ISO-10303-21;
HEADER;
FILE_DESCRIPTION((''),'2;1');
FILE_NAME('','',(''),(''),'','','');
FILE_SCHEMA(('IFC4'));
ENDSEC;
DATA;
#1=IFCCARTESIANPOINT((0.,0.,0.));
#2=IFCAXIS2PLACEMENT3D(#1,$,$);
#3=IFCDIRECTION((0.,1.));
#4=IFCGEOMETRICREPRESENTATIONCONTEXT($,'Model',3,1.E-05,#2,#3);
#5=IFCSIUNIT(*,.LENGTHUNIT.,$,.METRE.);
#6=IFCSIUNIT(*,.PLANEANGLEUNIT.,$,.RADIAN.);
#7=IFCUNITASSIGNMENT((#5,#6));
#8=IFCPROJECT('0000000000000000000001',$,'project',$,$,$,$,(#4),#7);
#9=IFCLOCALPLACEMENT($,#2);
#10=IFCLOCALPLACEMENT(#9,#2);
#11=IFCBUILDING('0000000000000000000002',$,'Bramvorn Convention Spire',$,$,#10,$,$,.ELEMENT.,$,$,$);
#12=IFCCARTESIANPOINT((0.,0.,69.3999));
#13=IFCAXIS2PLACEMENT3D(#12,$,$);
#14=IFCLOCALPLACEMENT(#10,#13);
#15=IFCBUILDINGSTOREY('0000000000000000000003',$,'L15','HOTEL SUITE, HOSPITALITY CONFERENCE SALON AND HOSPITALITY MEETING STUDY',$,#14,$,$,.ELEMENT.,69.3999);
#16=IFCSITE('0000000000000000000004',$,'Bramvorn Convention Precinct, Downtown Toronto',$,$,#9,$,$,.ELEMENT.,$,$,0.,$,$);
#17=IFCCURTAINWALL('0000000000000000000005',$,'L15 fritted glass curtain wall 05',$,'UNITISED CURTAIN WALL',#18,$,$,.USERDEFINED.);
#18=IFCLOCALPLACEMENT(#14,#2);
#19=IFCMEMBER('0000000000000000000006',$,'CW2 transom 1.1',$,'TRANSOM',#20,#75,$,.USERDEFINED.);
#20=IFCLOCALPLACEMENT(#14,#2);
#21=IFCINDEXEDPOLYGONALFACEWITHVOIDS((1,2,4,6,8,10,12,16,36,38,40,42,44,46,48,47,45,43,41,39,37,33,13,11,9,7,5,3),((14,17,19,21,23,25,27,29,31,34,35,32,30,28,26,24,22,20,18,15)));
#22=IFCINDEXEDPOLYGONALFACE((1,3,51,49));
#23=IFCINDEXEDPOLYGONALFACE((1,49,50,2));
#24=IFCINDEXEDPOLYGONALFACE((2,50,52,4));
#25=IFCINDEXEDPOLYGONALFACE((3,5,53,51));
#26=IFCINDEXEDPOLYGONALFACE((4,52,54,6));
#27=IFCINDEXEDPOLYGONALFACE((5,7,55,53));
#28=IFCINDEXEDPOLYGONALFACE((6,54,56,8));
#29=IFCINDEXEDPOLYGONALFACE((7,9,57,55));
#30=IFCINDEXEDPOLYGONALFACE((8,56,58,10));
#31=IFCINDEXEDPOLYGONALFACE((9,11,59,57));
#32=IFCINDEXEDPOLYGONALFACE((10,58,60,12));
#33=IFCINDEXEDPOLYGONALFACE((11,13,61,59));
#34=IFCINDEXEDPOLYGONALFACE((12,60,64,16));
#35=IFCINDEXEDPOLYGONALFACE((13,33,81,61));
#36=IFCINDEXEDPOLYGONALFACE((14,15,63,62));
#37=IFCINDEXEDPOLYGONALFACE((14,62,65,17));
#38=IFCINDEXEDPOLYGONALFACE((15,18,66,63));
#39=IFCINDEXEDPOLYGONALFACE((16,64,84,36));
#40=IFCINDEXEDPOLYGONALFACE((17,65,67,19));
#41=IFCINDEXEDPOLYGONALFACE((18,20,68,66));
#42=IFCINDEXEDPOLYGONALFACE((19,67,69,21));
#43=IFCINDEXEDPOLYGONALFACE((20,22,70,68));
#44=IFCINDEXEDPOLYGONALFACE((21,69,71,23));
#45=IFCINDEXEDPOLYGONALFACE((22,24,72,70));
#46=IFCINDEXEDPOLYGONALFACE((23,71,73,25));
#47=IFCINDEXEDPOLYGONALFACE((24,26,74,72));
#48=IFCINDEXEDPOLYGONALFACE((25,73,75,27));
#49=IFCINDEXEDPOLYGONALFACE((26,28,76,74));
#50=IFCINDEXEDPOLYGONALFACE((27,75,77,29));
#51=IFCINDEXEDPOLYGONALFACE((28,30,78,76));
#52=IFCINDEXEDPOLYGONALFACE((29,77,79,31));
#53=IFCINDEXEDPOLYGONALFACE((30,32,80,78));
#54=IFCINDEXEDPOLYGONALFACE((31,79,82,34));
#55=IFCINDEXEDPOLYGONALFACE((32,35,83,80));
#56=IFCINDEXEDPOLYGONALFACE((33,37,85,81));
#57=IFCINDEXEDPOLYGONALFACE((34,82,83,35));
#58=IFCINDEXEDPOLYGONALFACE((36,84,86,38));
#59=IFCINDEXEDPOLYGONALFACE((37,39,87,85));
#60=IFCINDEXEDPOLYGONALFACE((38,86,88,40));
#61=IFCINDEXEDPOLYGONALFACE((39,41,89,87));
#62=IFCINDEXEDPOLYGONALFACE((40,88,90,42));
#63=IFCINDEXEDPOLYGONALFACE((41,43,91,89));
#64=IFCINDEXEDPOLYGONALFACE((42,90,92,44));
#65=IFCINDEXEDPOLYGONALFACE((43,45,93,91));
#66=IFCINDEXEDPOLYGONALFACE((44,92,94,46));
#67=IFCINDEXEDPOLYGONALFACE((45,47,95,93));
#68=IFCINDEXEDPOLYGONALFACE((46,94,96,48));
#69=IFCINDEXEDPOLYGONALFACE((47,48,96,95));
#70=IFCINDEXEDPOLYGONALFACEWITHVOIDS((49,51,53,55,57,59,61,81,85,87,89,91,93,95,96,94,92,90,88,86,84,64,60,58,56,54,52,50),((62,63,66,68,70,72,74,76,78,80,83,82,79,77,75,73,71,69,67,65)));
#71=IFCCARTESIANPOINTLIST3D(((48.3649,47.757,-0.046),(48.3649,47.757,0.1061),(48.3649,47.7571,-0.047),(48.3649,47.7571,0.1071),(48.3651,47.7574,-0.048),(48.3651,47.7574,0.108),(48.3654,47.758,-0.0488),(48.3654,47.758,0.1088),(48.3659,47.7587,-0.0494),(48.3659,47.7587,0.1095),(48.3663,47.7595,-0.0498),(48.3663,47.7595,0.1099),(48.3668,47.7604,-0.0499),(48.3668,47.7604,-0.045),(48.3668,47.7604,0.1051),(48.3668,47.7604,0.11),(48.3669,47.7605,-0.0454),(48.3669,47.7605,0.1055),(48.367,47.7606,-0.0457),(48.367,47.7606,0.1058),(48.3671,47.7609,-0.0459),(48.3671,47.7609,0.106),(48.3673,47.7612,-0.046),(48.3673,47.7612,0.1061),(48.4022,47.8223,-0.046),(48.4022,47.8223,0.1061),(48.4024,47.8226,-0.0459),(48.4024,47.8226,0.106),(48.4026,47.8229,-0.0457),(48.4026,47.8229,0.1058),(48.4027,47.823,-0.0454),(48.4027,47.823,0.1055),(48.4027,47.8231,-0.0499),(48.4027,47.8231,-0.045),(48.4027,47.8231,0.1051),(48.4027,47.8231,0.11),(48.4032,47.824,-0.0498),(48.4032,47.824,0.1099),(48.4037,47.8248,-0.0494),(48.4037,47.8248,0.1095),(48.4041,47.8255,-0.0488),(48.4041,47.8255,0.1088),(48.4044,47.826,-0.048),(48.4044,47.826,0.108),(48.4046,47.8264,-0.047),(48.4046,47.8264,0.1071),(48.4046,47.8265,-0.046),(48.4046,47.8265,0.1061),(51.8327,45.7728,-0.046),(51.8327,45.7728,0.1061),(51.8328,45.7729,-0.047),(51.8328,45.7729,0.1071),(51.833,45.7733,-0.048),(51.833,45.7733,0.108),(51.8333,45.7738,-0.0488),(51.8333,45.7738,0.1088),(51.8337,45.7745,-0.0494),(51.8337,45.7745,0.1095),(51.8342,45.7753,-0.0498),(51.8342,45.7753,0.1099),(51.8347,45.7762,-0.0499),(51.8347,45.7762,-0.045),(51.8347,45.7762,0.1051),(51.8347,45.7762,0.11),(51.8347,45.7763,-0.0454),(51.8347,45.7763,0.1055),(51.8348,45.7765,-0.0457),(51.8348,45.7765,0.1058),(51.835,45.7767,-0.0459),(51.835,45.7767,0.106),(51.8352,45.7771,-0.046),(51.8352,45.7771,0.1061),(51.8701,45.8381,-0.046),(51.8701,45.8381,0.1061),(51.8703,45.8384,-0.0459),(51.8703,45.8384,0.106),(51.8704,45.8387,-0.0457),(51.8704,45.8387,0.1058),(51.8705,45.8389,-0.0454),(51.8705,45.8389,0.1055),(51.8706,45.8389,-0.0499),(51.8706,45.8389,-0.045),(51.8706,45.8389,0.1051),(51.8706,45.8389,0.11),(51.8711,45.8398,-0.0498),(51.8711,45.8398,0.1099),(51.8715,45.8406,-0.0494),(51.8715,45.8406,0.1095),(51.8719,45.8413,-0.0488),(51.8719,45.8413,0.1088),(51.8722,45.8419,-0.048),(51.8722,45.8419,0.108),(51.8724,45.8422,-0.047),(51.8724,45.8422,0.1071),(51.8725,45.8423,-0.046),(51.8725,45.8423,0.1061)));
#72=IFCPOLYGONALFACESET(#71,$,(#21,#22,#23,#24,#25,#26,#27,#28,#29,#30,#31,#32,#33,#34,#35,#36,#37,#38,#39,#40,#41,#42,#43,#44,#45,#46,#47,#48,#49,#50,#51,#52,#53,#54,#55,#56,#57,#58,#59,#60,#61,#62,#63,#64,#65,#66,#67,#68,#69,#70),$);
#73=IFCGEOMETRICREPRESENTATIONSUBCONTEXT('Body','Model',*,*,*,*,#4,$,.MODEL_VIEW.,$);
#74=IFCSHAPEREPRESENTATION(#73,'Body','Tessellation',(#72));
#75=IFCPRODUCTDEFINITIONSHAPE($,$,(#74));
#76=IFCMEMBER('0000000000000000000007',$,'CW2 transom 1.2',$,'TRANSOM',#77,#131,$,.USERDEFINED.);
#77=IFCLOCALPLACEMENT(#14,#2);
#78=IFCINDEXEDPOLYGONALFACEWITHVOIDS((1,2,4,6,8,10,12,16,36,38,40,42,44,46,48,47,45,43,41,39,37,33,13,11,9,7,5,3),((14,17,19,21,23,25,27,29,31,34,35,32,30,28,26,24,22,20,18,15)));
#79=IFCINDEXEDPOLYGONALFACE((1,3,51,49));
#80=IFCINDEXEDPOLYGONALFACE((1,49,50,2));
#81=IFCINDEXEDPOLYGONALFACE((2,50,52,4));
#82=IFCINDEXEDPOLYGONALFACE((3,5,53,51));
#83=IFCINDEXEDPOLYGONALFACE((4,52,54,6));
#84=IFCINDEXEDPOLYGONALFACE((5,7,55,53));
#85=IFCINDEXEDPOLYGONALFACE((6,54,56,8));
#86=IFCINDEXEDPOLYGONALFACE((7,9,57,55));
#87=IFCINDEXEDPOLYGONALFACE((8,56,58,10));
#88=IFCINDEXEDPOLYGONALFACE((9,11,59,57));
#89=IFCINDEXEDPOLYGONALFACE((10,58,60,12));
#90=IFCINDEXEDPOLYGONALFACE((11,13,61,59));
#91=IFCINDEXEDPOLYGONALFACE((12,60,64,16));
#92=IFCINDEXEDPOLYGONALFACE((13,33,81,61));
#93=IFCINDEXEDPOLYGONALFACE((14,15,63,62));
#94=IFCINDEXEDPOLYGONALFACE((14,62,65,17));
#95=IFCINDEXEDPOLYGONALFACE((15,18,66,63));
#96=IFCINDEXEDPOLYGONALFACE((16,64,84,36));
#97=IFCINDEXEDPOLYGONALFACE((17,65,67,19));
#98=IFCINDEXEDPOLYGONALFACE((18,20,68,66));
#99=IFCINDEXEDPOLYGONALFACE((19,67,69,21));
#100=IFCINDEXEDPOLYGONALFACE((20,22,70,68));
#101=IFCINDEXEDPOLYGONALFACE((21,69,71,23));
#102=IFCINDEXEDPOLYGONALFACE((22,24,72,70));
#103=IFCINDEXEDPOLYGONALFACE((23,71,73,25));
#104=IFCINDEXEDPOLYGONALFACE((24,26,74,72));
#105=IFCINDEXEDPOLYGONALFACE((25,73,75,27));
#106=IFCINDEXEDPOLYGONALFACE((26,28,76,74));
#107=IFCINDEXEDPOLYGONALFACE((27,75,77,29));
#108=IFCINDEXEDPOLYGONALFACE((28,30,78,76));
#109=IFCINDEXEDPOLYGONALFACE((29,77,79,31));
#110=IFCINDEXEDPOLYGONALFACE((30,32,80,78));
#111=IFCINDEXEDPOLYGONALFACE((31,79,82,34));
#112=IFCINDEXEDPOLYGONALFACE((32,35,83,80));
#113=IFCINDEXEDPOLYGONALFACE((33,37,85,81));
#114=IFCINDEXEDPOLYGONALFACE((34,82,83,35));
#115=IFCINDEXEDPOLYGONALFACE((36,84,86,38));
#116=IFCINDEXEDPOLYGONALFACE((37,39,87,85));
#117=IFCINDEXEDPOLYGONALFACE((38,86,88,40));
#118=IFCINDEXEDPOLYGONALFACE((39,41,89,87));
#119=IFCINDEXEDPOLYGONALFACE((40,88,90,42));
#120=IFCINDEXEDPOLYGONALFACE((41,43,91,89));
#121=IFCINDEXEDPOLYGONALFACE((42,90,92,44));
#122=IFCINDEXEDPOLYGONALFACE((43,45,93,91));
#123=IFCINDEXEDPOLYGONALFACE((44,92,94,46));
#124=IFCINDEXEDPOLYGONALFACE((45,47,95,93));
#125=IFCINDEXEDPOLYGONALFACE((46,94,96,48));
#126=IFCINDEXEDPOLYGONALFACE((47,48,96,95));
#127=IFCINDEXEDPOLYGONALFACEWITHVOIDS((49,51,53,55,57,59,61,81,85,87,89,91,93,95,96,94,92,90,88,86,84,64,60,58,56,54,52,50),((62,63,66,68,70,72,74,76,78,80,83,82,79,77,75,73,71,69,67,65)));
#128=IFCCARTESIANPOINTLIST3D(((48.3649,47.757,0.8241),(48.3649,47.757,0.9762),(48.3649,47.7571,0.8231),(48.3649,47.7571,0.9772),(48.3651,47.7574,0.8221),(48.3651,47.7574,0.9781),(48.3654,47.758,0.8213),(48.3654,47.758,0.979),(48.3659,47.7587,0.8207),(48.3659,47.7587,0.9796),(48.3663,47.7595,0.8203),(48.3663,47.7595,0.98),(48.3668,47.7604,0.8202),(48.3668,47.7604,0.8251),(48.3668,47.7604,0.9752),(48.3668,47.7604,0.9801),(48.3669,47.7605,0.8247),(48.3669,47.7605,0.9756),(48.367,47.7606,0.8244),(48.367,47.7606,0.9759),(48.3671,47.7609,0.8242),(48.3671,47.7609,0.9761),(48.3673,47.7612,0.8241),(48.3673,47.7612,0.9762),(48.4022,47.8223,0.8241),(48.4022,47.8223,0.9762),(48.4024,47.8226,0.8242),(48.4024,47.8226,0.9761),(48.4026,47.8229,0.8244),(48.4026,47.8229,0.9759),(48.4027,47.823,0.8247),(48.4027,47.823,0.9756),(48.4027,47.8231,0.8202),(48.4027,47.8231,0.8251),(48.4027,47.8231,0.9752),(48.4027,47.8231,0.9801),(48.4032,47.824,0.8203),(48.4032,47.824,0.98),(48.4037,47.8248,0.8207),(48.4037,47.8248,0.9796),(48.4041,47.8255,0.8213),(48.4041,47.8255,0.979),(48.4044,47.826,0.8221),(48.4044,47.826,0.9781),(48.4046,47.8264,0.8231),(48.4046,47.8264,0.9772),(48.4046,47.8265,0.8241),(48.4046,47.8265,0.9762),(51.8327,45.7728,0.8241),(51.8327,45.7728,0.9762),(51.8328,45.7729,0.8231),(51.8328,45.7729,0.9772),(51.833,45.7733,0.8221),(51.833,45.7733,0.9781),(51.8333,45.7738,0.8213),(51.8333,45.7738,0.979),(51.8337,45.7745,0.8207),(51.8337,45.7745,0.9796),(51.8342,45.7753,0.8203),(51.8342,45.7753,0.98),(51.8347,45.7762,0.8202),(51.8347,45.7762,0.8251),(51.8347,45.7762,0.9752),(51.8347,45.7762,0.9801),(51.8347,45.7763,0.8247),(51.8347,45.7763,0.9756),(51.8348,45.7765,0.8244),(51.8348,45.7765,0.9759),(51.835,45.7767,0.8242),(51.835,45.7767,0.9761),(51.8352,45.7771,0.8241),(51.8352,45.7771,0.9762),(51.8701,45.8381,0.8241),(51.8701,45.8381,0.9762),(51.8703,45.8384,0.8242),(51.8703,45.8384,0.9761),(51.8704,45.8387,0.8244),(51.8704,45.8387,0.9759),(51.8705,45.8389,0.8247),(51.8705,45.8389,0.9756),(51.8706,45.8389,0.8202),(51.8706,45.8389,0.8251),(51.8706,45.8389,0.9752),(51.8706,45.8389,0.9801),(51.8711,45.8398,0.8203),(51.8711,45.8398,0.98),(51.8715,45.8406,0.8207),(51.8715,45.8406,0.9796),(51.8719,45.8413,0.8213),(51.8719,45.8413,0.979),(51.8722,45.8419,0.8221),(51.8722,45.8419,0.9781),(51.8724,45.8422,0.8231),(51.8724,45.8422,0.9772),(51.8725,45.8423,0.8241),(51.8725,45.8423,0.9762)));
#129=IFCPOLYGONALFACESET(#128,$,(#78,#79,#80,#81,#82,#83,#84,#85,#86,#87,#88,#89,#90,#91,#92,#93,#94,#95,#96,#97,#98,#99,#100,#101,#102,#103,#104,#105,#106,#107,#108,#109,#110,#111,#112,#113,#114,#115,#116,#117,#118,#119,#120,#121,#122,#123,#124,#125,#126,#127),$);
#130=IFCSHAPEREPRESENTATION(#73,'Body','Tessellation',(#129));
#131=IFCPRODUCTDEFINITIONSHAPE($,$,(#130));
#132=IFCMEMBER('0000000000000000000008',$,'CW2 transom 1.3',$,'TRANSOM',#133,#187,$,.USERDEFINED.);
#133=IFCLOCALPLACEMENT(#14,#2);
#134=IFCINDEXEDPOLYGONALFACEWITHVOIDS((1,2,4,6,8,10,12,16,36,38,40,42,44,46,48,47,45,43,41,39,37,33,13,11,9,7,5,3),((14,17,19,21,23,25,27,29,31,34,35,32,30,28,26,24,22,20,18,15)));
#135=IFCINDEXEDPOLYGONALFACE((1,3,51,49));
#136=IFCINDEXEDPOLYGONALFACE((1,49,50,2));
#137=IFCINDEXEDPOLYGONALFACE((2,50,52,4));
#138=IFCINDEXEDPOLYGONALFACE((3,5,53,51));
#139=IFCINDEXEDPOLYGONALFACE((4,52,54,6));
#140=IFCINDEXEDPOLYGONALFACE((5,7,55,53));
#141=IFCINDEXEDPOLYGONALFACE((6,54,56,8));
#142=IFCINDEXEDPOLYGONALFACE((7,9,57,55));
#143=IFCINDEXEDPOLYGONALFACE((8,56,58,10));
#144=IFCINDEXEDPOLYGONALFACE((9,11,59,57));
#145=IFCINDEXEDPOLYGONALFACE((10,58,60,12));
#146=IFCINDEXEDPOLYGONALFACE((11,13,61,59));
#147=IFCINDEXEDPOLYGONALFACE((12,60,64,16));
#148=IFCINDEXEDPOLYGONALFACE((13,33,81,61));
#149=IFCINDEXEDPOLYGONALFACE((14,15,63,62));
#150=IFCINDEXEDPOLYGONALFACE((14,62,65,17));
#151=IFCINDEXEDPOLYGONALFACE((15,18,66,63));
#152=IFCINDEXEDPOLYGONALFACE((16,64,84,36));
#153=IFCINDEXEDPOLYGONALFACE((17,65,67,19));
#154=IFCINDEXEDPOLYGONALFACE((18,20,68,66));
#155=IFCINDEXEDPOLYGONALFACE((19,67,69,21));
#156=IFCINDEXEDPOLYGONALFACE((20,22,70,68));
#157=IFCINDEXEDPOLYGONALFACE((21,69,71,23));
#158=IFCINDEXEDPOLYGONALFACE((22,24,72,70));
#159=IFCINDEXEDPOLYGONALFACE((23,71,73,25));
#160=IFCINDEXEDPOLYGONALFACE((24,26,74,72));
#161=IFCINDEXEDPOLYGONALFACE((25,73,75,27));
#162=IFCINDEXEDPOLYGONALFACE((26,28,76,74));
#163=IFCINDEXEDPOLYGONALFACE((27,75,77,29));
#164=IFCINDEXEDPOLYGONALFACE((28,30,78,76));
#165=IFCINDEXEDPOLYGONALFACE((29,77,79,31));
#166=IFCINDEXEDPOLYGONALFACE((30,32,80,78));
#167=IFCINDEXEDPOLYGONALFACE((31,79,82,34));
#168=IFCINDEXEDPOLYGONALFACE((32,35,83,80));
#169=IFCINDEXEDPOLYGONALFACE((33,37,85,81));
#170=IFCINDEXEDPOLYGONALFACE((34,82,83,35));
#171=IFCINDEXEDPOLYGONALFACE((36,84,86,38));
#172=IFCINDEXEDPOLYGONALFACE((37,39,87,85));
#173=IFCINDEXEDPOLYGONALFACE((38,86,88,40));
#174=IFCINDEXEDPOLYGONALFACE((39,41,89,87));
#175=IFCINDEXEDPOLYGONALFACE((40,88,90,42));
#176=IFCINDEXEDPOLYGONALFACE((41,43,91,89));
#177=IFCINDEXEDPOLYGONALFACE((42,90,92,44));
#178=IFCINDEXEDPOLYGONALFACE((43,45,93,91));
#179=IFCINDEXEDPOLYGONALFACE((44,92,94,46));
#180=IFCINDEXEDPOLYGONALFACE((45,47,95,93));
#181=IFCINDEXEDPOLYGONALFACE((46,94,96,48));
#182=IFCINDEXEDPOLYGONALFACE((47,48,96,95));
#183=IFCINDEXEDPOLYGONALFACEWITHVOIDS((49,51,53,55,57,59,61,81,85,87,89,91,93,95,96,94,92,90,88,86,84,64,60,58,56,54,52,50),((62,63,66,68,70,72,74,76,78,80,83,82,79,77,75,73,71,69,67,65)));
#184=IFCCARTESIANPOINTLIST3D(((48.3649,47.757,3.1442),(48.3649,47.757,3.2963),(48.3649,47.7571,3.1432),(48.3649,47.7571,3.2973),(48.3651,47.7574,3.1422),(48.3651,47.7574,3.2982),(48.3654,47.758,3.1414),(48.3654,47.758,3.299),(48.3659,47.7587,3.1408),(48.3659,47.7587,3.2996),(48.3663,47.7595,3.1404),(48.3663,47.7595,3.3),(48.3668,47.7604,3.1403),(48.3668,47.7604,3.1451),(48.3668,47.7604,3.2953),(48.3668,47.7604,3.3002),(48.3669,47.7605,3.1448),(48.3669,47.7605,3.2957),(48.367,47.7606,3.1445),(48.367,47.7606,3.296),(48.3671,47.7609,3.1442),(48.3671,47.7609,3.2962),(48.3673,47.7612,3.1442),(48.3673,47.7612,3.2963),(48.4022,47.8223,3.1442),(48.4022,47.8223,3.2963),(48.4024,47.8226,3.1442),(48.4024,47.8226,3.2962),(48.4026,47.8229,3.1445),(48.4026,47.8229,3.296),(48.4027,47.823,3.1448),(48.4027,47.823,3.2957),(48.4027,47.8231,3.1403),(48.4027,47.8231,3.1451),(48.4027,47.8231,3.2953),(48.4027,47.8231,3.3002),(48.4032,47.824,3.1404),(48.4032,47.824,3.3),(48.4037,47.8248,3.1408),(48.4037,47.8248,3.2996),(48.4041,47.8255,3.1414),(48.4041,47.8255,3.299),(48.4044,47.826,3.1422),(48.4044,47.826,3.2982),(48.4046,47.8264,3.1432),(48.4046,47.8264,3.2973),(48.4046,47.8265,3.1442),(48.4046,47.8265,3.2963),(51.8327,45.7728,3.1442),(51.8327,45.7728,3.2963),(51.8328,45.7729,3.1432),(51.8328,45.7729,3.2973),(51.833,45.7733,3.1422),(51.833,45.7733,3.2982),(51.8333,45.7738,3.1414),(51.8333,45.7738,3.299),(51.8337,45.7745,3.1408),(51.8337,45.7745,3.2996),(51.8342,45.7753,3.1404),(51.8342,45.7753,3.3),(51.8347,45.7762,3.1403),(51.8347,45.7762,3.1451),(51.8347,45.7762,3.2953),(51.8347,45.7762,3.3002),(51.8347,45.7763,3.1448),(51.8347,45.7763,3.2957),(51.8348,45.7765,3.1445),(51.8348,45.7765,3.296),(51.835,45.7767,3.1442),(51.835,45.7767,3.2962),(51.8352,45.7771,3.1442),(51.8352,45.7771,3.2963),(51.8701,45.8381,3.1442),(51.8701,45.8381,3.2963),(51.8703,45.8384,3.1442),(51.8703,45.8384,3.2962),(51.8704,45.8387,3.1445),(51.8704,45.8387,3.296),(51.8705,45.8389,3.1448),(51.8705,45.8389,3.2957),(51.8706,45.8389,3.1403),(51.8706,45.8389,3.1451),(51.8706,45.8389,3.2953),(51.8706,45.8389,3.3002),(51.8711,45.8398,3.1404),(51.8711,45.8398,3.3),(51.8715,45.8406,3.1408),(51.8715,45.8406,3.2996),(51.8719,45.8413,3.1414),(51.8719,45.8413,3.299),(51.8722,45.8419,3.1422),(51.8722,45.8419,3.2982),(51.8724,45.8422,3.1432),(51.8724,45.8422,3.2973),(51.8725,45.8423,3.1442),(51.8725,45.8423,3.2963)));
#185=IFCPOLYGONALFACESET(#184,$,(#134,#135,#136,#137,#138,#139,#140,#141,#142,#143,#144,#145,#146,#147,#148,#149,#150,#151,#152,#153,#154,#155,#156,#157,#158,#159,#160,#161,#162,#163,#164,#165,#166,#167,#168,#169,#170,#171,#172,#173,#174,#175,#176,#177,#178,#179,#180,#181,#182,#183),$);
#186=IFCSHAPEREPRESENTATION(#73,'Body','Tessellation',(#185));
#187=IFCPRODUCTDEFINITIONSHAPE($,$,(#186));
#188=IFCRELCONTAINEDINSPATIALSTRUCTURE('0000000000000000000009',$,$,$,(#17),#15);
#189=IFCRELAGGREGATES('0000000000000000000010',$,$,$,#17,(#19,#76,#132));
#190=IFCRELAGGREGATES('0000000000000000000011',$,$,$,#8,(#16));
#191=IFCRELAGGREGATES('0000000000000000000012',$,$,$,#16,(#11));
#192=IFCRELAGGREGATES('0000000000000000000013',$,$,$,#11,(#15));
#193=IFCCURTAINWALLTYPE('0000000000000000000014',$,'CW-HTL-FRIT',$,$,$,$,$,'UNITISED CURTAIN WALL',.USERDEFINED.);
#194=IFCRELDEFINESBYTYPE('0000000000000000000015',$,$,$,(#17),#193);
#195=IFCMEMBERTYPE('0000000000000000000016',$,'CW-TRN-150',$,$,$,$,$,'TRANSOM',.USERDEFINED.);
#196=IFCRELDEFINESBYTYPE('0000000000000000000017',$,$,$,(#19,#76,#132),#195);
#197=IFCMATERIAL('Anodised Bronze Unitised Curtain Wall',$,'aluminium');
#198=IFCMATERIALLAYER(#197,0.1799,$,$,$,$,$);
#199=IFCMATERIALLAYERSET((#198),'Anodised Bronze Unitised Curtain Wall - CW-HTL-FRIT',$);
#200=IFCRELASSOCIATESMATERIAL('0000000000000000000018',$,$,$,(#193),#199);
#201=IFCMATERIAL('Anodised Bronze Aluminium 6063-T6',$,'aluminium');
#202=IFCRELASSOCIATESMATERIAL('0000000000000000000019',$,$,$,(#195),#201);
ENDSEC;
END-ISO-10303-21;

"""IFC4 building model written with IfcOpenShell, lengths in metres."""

from ifc_helpers import new_model, si_unit, direction, frame, origin, origin_2d, place, context, subcontext, project, spatial, hollow_rectangle, extrude, material, layer, layer_set, material_profile, profile_set, type_object, element, aggregate, save


model = new_model("IFC4")

# Units and contexts
model_context = context("Model", 3, precision=1e-05, world=origin(), true_north=direction((0.0, 1.0)))
body_context = subcontext(model_context, "Body", "Model", "MODEL_VIEW")
ifc_project = project(units=[si_unit("LENGTHUNIT", "METRE"), si_unit("PLANEANGLEUNIT", "RADIAN")], contexts=[model_context])

# Site, building, storey
site_placement = place(None, origin())
site = spatial("IfcSite", under=ifc_project, at=site_placement, Name="Bramvorn Convention Precinct, Downtown Toronto", CompositionType="ELEMENT", RefElevation=0.0)
building_placement = place(site_placement, origin())
building = spatial("IfcBuilding", under=site, at=building_placement, Name="Bramvorn Convention Spire", CompositionType="ELEMENT")
storey_placement = place(building_placement, frame((0.0, 0.0, 69.3999)))
storey = spatial("IfcBuildingStorey", under=building, at=storey_placement, Name="L15", Description="HOTEL SUITE, HOSPITALITY CONFERENCE SALON AND HOSPITALITY MEETING STUDY", CompositionType="ELEMENT", Elevation=69.3999)

# Curtain wall, members
ifc_material_1 = material(Name="Anodised Bronze Unitised Curtain Wall", Category="aluminium")
ifc_layer_1 = layer(ifc_material_1, 0.1799)
ifc_layer_set_1 = layer_set([ifc_layer_1], Name="Anodised Bronze Unitised Curtain Wall - CW-HTL-FRIT")
curtain_wall_type = type_object("IfcCurtainWallType", Name="CW-HTL-FRIT", ElementType="UNITISED CURTAIN WALL", PredefinedType="USERDEFINED", material=ifc_layer_set_1)
curtain_wall_placement = place(storey_placement, origin())
curtain_wall = element("IfcCurtainWall", 1, at=curtain_wall_placement, inside=storey, type_object=curtain_wall_type, Name="L15 fritted glass curtain wall 05", ObjectType="UNITISED CURTAIN WALL", PredefinedType="USERDEFINED")
ifc_material_2 = material(Name="Anodised Bronze Aluminium 6063-T6", Category="aluminium")
ifc_material_profile_1 = material_profile(ifc_material_2, hollow_rectangle(XDim=0.0801, YDim=0.1599, WallThickness=0.0039, InnerFilletRadius=0.001, OuterFilletRadius=0.0039, at=origin_2d()))
ifc_profile_set_1 = profile_set([ifc_material_profile_1], Name="Anodised Bronze Aluminium 6063-T6 - CWT80X160")
member_type_1 = type_object("IfcMemberType", Name="CW-TRN-150", ElementType="TRANSOM", PredefinedType="USERDEFINED", material=ifc_profile_set_1)
member_1_placement = place(storey_placement, frame((48.3848, 47.7917, 0.03), z_axis=(0.867968, -0.496619, 0.0), x_axis=(0.496619, 0.867968, 0.0)))
member_1 = element("IfcMember", 2, at=member_1_placement, type_object=member_type_1, Name="CW2 transom 1.1", ObjectType="TRANSOM", PredefinedType="USERDEFINED", context=body_context, shape_type="SweptSolid", body=[
    extrude(hollow_rectangle(XDim=0.0801, YDim=0.1599, WallThickness=0.0039, InnerFilletRadius=0.001, OuterFilletRadius=0.0039, at=origin_2d()), origin(), (0.0, 0.0, 1.0), 3.9954),
])
member_2_placement = place(storey_placement, frame((48.3848, 47.7917, 0.9001), z_axis=(0.867968, -0.496619, 0.0), x_axis=(0.496619, 0.867968, 0.0)))
member_2 = element("IfcMember", 3, at=member_2_placement, type_object=member_type_1, Name="CW2 transom 1.2", ObjectType="TRANSOM", PredefinedType="USERDEFINED", context=body_context, shape_type="SweptSolid", body=[
    extrude(hollow_rectangle(XDim=0.0801, YDim=0.1599, WallThickness=0.0039, InnerFilletRadius=0.001, OuterFilletRadius=0.0039, at=origin_2d()), origin(), (0.0, 0.0, 1.0), 3.9954),
])
member_3_placement = place(storey_placement, frame((48.3848, 47.7917, 3.2202), z_axis=(0.867968, -0.496619, 0.0), x_axis=(0.496619, 0.867968, 0.0)))
member_3 = element("IfcMember", 4, at=member_3_placement, type_object=member_type_1, Name="CW2 transom 1.3", ObjectType="TRANSOM", PredefinedType="USERDEFINED", context=body_context, shape_type="SweptSolid", body=[
    extrude(hollow_rectangle(XDim=0.0801, YDim=0.1599, WallThickness=0.0039, InnerFilletRadius=0.001, OuterFilletRadius=0.0039, at=origin_2d()), origin(), (0.0, 0.0, 1.0), 3.9954),
])

aggregate(curtain_wall, [member_1, member_2, member_3])

save(model, "model.ifc")
